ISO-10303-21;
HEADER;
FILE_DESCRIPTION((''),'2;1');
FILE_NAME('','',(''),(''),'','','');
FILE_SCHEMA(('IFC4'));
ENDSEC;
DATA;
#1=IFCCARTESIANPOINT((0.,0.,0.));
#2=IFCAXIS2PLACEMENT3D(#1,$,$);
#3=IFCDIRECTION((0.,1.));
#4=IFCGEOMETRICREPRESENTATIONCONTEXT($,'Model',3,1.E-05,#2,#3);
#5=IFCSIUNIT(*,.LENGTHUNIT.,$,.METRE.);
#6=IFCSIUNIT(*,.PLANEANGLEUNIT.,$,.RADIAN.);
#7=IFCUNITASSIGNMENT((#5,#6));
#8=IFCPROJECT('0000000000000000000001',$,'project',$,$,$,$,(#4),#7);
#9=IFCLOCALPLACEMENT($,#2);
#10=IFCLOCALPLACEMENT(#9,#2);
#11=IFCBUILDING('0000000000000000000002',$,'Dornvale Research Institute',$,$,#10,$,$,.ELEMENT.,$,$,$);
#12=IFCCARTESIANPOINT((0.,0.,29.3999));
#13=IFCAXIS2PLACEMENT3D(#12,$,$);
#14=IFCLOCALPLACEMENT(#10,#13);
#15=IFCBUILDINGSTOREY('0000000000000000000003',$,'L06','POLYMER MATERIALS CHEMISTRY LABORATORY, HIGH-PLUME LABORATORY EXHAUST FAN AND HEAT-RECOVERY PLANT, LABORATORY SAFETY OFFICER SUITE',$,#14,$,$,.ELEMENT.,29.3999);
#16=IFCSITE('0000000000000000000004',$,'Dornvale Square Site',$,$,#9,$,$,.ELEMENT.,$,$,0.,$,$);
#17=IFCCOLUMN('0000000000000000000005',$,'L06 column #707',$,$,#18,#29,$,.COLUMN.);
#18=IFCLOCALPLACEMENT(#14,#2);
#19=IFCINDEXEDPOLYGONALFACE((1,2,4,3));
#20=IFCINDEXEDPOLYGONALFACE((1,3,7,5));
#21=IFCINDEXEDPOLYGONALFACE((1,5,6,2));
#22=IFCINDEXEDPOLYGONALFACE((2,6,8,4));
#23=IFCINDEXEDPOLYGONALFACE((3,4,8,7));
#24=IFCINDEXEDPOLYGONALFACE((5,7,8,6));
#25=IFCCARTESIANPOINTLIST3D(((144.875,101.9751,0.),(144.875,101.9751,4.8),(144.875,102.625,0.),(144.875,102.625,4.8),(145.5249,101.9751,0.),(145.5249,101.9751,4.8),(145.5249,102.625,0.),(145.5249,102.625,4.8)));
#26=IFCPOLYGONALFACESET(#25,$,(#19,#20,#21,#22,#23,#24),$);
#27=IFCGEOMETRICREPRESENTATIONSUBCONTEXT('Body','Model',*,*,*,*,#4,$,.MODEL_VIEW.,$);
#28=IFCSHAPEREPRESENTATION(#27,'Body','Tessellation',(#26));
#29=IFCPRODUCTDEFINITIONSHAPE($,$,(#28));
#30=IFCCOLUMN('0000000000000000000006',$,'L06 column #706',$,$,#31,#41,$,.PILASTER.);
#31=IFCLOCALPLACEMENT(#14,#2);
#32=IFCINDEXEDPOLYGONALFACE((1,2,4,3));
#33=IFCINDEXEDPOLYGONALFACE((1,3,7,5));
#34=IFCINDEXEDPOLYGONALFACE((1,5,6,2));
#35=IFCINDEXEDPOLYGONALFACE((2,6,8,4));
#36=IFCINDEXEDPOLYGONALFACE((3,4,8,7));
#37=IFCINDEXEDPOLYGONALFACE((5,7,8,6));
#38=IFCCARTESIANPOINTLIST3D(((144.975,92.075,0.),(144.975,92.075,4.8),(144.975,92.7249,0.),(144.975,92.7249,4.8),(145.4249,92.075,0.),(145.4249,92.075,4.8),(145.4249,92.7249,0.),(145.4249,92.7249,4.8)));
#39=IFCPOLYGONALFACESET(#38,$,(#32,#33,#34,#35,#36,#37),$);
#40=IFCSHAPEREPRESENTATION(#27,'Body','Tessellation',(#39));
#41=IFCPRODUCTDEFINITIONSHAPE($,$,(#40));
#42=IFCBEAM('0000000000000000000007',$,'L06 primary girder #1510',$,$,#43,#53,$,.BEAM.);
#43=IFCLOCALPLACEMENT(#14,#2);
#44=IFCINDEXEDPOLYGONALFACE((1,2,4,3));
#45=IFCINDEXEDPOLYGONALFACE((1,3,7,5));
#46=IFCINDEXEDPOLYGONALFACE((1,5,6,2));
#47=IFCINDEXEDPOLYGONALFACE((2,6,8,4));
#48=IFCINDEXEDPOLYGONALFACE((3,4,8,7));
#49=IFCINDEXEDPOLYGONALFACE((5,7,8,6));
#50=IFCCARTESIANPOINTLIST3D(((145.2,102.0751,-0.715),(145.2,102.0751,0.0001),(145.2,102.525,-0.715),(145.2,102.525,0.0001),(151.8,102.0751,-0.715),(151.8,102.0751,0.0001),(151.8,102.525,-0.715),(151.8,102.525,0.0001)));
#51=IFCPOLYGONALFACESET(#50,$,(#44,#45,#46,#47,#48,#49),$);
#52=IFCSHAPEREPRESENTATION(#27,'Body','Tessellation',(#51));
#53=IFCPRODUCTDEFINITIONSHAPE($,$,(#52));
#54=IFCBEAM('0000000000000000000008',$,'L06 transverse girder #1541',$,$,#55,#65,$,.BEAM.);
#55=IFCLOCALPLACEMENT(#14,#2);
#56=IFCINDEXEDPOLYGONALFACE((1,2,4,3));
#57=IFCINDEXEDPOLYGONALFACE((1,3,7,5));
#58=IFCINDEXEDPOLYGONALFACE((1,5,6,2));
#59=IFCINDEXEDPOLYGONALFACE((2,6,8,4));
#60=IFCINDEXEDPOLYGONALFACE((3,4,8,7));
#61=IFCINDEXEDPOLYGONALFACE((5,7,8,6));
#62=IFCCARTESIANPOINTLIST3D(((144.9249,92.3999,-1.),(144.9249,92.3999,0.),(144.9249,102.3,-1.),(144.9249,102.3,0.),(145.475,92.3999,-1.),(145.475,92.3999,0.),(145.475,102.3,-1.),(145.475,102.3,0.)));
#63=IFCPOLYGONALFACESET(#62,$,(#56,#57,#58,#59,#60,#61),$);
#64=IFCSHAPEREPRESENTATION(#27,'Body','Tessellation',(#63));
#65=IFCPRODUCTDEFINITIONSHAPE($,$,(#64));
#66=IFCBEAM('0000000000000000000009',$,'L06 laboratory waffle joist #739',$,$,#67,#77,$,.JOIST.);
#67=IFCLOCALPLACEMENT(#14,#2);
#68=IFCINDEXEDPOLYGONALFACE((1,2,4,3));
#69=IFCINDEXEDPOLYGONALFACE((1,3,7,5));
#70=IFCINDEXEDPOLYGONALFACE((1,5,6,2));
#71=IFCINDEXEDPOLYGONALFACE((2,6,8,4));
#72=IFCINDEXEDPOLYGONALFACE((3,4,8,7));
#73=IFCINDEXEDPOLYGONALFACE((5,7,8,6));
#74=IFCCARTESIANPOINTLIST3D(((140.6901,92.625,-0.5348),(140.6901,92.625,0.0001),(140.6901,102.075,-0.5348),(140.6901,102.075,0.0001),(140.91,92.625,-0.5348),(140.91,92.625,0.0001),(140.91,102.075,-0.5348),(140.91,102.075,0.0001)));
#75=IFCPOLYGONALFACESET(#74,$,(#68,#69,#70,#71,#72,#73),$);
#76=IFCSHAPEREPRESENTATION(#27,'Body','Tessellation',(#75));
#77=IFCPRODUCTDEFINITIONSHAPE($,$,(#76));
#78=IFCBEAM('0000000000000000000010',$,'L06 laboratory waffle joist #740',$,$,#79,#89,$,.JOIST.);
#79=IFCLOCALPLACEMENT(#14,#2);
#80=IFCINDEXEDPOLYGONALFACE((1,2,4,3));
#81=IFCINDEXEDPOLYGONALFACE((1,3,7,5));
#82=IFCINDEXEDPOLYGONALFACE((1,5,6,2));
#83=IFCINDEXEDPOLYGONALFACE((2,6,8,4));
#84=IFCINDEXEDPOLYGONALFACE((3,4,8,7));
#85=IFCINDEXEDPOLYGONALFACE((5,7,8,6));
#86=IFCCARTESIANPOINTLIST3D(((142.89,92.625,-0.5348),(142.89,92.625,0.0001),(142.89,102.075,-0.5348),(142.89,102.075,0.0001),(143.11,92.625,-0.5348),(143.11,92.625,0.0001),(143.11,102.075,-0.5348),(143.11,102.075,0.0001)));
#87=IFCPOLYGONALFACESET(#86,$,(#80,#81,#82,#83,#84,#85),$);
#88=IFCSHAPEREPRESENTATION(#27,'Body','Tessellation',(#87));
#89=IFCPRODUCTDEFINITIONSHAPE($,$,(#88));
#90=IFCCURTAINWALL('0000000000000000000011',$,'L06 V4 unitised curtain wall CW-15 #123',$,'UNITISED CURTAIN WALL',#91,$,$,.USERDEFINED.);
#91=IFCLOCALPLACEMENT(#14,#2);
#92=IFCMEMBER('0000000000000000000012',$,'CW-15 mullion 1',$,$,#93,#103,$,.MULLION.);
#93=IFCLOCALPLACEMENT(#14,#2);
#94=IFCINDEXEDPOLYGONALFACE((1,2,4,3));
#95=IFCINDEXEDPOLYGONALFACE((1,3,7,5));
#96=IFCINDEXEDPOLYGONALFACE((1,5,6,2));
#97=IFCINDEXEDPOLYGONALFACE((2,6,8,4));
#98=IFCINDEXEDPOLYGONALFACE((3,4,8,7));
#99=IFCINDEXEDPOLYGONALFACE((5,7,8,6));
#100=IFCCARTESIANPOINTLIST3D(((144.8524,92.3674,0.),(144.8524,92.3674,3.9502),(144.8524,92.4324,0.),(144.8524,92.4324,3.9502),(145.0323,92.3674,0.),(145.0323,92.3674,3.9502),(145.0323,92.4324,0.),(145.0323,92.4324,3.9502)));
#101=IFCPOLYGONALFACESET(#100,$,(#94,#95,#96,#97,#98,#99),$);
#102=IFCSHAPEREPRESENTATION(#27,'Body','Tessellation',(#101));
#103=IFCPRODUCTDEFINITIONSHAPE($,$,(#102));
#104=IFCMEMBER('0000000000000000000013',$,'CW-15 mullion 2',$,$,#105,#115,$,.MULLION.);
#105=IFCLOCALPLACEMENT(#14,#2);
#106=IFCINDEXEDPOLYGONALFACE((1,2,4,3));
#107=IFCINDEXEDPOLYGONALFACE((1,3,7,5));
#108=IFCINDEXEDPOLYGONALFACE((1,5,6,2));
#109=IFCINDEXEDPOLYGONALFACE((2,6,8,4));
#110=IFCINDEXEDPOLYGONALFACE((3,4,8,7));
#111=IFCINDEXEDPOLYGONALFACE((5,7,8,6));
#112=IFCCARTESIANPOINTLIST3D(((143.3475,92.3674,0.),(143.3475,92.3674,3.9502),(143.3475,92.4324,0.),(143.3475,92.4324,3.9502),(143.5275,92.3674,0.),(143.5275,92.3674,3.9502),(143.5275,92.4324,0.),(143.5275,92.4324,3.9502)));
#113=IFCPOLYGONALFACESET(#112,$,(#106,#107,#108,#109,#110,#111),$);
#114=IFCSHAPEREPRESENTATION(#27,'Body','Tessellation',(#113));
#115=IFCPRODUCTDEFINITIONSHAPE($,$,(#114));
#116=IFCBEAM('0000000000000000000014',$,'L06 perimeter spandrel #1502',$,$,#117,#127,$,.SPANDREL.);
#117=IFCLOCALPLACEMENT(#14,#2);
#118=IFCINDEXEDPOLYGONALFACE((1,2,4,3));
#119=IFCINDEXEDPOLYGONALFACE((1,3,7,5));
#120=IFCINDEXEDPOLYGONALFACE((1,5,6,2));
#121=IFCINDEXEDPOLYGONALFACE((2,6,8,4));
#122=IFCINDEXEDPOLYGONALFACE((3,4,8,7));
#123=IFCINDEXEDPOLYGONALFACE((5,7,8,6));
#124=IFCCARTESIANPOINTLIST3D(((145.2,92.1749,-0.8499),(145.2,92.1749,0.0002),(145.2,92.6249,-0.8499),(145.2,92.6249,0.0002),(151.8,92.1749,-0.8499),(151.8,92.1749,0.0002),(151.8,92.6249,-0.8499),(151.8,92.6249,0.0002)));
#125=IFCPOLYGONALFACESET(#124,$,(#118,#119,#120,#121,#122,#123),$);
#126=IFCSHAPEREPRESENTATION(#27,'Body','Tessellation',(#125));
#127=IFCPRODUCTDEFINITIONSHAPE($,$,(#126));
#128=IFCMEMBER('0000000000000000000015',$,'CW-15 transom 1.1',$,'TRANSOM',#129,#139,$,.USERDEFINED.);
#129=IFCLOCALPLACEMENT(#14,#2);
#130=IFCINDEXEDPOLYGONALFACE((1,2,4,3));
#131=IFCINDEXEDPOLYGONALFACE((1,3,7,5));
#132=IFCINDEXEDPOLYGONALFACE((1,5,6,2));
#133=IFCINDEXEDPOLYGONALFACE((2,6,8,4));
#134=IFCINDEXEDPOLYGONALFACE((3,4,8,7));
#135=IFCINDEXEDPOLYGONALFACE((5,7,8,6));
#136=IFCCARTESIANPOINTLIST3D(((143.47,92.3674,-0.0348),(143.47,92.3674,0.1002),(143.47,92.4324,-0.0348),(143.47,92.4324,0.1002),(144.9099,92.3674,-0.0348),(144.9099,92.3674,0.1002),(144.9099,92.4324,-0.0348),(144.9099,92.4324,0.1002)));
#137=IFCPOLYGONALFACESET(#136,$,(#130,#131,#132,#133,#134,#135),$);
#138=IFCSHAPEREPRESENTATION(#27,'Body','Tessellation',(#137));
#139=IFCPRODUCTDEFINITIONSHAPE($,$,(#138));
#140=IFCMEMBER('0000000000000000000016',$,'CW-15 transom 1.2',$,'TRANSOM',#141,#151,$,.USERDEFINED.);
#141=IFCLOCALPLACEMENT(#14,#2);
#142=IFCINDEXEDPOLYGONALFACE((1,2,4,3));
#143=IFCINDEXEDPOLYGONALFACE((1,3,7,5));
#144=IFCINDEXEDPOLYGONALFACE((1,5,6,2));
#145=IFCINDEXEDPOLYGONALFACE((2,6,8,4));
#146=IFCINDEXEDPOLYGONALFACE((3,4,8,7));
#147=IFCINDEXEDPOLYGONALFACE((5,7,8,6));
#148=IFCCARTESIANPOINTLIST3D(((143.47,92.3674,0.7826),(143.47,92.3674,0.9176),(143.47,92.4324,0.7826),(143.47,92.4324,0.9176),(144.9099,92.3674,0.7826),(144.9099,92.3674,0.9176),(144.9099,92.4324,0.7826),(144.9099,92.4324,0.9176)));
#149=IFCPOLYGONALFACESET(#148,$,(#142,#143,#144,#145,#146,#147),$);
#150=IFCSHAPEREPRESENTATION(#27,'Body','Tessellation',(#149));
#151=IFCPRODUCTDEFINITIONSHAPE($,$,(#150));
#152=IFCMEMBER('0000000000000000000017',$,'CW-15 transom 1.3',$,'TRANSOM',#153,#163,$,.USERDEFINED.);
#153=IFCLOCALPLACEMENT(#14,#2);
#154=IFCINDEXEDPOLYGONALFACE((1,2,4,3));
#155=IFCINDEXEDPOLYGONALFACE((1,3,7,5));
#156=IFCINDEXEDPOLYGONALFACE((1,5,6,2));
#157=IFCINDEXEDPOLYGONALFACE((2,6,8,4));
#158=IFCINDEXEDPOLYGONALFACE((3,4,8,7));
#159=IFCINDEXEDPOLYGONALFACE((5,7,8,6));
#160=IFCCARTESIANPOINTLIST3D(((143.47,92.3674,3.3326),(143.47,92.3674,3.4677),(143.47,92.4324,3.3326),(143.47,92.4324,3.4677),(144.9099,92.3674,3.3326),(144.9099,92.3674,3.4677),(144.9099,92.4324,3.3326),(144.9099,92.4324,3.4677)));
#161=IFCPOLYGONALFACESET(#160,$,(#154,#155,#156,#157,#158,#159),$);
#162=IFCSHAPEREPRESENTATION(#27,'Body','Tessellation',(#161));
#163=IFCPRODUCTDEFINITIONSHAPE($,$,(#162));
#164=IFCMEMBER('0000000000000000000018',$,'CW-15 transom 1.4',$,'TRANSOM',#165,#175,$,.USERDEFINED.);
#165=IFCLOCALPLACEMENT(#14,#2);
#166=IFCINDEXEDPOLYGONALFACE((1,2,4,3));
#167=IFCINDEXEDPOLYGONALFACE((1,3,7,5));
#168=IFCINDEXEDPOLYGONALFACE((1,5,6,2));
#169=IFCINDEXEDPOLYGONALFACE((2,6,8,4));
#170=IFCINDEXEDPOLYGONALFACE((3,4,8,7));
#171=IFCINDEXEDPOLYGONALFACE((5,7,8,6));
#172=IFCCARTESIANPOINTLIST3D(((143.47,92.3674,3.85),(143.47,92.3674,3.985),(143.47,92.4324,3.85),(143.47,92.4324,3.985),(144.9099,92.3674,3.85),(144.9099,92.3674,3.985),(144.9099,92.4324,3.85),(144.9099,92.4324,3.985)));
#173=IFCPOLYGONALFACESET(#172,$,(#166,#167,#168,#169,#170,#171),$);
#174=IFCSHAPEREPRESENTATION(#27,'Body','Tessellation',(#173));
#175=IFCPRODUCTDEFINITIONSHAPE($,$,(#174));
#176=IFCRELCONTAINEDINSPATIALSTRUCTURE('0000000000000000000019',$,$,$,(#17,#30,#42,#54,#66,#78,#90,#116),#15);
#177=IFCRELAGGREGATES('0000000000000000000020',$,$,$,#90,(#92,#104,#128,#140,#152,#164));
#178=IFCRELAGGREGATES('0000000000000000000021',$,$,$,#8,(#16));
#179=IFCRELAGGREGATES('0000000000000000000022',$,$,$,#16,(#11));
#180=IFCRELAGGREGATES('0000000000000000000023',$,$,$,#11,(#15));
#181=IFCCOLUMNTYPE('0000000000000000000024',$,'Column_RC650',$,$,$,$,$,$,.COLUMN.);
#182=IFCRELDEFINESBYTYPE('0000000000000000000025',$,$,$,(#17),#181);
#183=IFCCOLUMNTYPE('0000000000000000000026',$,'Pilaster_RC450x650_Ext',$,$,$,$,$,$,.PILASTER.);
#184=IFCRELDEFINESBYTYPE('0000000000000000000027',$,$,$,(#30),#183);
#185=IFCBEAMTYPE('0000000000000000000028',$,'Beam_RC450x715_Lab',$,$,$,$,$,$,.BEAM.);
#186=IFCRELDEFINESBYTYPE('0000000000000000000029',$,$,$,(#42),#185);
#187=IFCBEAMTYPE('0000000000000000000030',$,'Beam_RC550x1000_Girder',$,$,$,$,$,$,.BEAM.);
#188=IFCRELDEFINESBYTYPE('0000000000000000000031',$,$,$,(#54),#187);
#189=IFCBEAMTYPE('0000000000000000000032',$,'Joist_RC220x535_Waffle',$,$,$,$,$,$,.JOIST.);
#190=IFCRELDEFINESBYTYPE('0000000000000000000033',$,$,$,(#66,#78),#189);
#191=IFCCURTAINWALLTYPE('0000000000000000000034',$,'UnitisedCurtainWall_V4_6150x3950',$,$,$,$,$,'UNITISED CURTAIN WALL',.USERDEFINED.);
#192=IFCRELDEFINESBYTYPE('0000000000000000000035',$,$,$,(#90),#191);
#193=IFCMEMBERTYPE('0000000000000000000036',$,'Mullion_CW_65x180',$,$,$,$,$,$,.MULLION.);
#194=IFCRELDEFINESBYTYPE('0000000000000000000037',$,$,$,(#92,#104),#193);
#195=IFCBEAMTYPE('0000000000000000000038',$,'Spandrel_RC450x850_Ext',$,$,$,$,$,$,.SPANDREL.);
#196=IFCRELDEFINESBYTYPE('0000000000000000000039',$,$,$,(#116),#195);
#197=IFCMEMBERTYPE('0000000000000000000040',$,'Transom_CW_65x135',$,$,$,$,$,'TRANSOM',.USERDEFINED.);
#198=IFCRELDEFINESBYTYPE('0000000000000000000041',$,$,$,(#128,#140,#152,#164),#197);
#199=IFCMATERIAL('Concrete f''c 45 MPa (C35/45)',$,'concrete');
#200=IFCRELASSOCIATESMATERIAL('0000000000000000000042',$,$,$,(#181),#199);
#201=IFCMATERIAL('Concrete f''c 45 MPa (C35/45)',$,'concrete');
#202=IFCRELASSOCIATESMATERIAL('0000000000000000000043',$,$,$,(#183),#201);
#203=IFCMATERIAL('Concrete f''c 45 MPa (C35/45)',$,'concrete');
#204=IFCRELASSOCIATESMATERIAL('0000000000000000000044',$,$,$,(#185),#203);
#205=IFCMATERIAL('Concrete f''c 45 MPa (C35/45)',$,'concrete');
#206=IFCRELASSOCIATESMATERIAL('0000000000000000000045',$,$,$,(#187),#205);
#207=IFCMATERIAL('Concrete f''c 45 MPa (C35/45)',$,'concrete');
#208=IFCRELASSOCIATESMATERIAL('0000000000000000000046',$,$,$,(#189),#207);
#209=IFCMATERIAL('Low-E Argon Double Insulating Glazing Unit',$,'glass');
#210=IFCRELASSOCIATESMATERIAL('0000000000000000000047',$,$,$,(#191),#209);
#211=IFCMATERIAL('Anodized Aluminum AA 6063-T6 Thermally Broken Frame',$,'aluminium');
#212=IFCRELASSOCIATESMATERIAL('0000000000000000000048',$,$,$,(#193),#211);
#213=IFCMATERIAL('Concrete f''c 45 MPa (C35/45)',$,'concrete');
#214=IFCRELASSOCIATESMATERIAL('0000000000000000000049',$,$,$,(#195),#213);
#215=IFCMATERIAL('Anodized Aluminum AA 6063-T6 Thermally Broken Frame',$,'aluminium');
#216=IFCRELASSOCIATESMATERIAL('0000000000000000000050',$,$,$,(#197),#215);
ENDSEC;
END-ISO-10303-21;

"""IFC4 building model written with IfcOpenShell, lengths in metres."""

from ifc_helpers import new_model, si_unit, direction, frame, origin, origin_2d, place, context, subcontext, project, spatial, rectangle, extrude, material, material_profile, profile_set, type_object, element, aggregate, save


model = new_model("IFC4")

# Units and contexts
model_context = context("Model", 3, precision=1e-05, world=origin(), true_north=direction((0.0, 1.0)))
body_context = subcontext(model_context, "Body", "Model", "MODEL_VIEW")
ifc_project = project(units=[si_unit("LENGTHUNIT", "METRE"), si_unit("PLANEANGLEUNIT", "RADIAN")], contexts=[model_context])

# Site, building, storey
site_placement = place(None, origin())
site = spatial("IfcSite", under=ifc_project, at=site_placement, Name="Dornvale Square Site", CompositionType="ELEMENT", RefElevation=0.0)
building_placement = place(site_placement, origin())
building = spatial("IfcBuilding", under=site, at=building_placement, Name="Dornvale Research Institute", CompositionType="ELEMENT")
storey_placement = place(building_placement, frame((0.0, 0.0, 29.3999)))
storey = spatial("IfcBuildingStorey", under=building, at=storey_placement, Name="L06", Description="POLYMER MATERIALS CHEMISTRY LABORATORY, HIGH-PLUME LABORATORY EXHAUST FAN AND HEAT-RECOVERY PLANT, LABORATORY SAFETY OFFICER SUITE", CompositionType="ELEMENT", Elevation=29.3999)

# Columns
ifc_material_1 = material(Name="Concrete f'c 45 MPa (C35/45)", Category="concrete")
ifc_material_profile_1 = material_profile(ifc_material_1, rectangle(XDim=0.6499, YDim=0.6499, at=origin_2d()), Name="RC 650x650")
ifc_profile_set_1 = profile_set([ifc_material_profile_1], Name="Concrete f'c 45 MPa (C35/45)")
column_type_1 = type_object("IfcColumnType", Name="Column_RC650", PredefinedType="COLUMN", material=ifc_profile_set_1)
column_1_placement = place(storey_placement, frame((145.2, 102.3, 0.0), z_axis=(0.0, 0.0, 1.0), x_axis=(1.0, 0.0, 0.0)))
element("IfcColumn", 1, at=column_1_placement, inside=storey, type_object=column_type_1, Name="L06 column #707", PredefinedType="COLUMN", context=body_context, shape_type="SweptSolid", body=[
    extrude(rectangle(XDim=0.6499, YDim=0.6499, at=origin_2d()), origin(), (0.0, 0.0, 1.0), 4.8),
])
ifc_material_2 = material(Name="Concrete f'c 45 MPa (C35/45)", Category="concrete")
ifc_material_profile_2 = material_profile(ifc_material_2, rectangle(XDim=0.45, YDim=0.6499, at=origin_2d()), Name="RC 450x650")
ifc_profile_set_2 = profile_set([ifc_material_profile_2], Name="Concrete f'c 45 MPa (C35/45)")
column_type_2 = type_object("IfcColumnType", Name="Pilaster_RC450x650_Ext", PredefinedType="PILASTER", material=ifc_profile_set_2)
column_2_placement = place(storey_placement, frame((145.2, 92.3999, 0.0), z_axis=(0.0, 0.0, 1.0), x_axis=(1.0, 0.0, 0.0)))
element("IfcColumn", 2, at=column_2_placement, inside=storey, type_object=column_type_2, Name="L06 column #706", PredefinedType="PILASTER", context=body_context, shape_type="SweptSolid", body=[
    extrude(rectangle(XDim=0.45, YDim=0.6499, at=origin_2d()), origin(), (0.0, 0.0, 1.0), 4.8),
])

# Beams
ifc_material_3 = material(Name="Concrete f'c 45 MPa (C35/45)", Category="concrete")
ifc_material_profile_3 = material_profile(ifc_material_3, rectangle(XDim=0.45, YDim=0.7151, at=origin_2d()), Name="RC 450x715")
ifc_profile_set_3 = profile_set([ifc_material_profile_3], Name="Concrete f'c 45 MPa (C35/45)")
beam_type_1 = type_object("IfcBeamType", Name="Beam_RC450x715_Lab", PredefinedType="BEAM", material=ifc_profile_set_3)
beam_1_placement = place(storey_placement, frame((145.2, 102.3, -0.3574), z_axis=(1.0, 0.0, 0.0), x_axis=(0.0, 1.0, 0.0)))
element("IfcBeam", 3, at=beam_1_placement, inside=storey, type_object=beam_type_1, Name="L06 primary girder #1510", PredefinedType="BEAM", context=body_context, shape_type="SweptSolid", body=[
    extrude(rectangle(XDim=0.45, YDim=0.7151, at=origin_2d()), origin(), (0.0, 0.0, 1.0), 6.6001),
])
ifc_material_4 = material(Name="Concrete f'c 45 MPa (C35/45)", Category="concrete")
ifc_material_profile_4 = material_profile(ifc_material_4, rectangle(XDim=0.55, YDim=1.0, at=origin_2d()), Name="RC 550x1000")
ifc_profile_set_4 = profile_set([ifc_material_profile_4], Name="Concrete f'c 45 MPa (C35/45)")
beam_type_2 = type_object("IfcBeamType", Name="Beam_RC550x1000_Girder", PredefinedType="BEAM", material=ifc_profile_set_4)
beam_2_placement = place(storey_placement, frame((145.2, 92.3999, -0.5), z_axis=(0.0, 1.0, 0.0), x_axis=(-1.0, 0.0, 0.0)))
element("IfcBeam", 4, at=beam_2_placement, inside=storey, type_object=beam_type_2, Name="L06 transverse girder #1541", PredefinedType="BEAM", context=body_context, shape_type="SweptSolid", body=[
    extrude(rectangle(XDim=0.55, YDim=1.0, at=origin_2d()), origin(), (0.0, 0.0, 1.0), 9.9001),
])
ifc_material_5 = material(Name="Concrete f'c 45 MPa (C35/45)", Category="concrete")
ifc_material_profile_5 = material_profile(ifc_material_5, rectangle(XDim=0.22, YDim=0.5349, at=origin_2d()), Name="RC 220x535")
ifc_profile_set_5 = profile_set([ifc_material_profile_5], Name="Concrete f'c 45 MPa (C35/45)")
beam_type_3 = type_object("IfcBeamType", Name="Joist_RC220x535_Waffle", PredefinedType="JOIST", material=ifc_profile_set_5)
for number, where, z_axis, x_axis, name in (
    (5, (140.8, 92.625, -0.2673), (0.0, 1.0, 0.0), (-1.0, 0.0, 0.0), "L06 laboratory waffle joist #739"),
    (6, (143.0, 92.625, -0.2673), (0.0, 1.0, 0.0), (-1.0, 0.0, 0.0), "L06 laboratory waffle joist #740"),
):
    element("IfcBeam", number, at=place(storey_placement, frame(where, z_axis=z_axis, x_axis=x_axis)), inside=storey, type_object=beam_type_3, Name=name, PredefinedType="JOIST", context=body_context, shape_type="SweptSolid", body=[
        extrude(rectangle(XDim=0.22, YDim=0.5349, at=origin_2d()), origin(), (0.0, 0.0, 1.0), 9.45),
    ])

# Curtain wall, members
ifc_material_6 = material(Name="Low-E Argon Double Insulating Glazing Unit", Category="glass")
curtain_wall_type = type_object("IfcCurtainWallType", Name="UnitisedCurtainWall_V4_6150x3950", ElementType="UNITISED CURTAIN WALL", PredefinedType="USERDEFINED", material=ifc_material_6)
curtain_wall_placement = place(storey_placement, origin())
curtain_wall = element("IfcCurtainWall", 7, at=curtain_wall_placement, inside=storey, type_object=curtain_wall_type, Name="L06 V4 unitised curtain wall CW-15 #123", ObjectType="UNITISED CURTAIN WALL", PredefinedType="USERDEFINED")
ifc_material_7 = material(Name="Anodized Aluminum AA 6063-T6 Thermally Broken Frame", Category="aluminium")
ifc_material_profile_6 = material_profile(ifc_material_7, rectangle(XDim=0.0649, YDim=0.1799, at=origin_2d()), Name="ALU MULLION 65x180")
ifc_profile_set_6 = profile_set([ifc_material_profile_6], Name="Anodized Aluminum AA 6063-T6 Thermally Broken Frame")
member_type_1 = type_object("IfcMemberType", Name="Mullion_CW_65x180", PredefinedType="MULLION", material=ifc_profile_set_6)
member_1_placement = place(storey_placement, frame((144.9424, 92.3999, 0.0), z_axis=(0.0, 0.0, 1.0), x_axis=(0.0, -1.0, 0.0)))
member_1 = element("IfcMember", 8, at=member_1_placement, type_object=member_type_1, Name="CW-15 mullion 1", PredefinedType="MULLION", context=body_context, shape_type="SweptSolid", body=[
    extrude(rectangle(XDim=0.0649, YDim=0.1799, at=origin_2d()), origin(), (0.0, 0.0, 1.0), 3.9502),
])
member_2_placement = place(storey_placement, frame((143.4375, 92.3999, 0.0), z_axis=(0.0, 0.0, 1.0), x_axis=(0.0, -1.0, 0.0)))
member_2 = element("IfcMember", 9, at=member_2_placement, type_object=member_type_1, Name="CW-15 mullion 2", PredefinedType="MULLION", context=body_context, shape_type="SweptSolid", body=[
    extrude(rectangle(XDim=0.0649, YDim=0.1799, at=origin_2d()), origin(), (0.0, 0.0, 1.0), 3.9502),
])

# Beam
ifc_material_8 = material(Name="Concrete f'c 45 MPa (C35/45)", Category="concrete")
ifc_material_profile_7 = material_profile(ifc_material_8, rectangle(XDim=0.45, YDim=0.8501, at=origin_2d()), Name="RC 450x850")
ifc_profile_set_7 = profile_set([ifc_material_profile_7], Name="Concrete f'c 45 MPa (C35/45)")
beam_type_4 = type_object("IfcBeamType", Name="Spandrel_RC450x850_Ext", PredefinedType="SPANDREL", material=ifc_profile_set_7)
beam_3_placement = place(storey_placement, frame((145.2, 92.3999, -0.4248), z_axis=(1.0, 0.0, 0.0), x_axis=(0.0, 1.0, 0.0)))
element("IfcBeam", 10, at=beam_3_placement, inside=storey, type_object=beam_type_4, Name="L06 perimeter spandrel #1502", PredefinedType="SPANDREL", context=body_context, shape_type="SweptSolid", body=[
    extrude(rectangle(XDim=0.45, YDim=0.8501, at=origin_2d()), origin(), (0.0, 0.0, 1.0), 6.6001),
])

# Members
ifc_material_9 = material(Name="Anodized Aluminum AA 6063-T6 Thermally Broken Frame", Category="aluminium")
ifc_material_profile_8 = material_profile(ifc_material_9, rectangle(XDim=0.0649, YDim=0.135, at=origin_2d()), Name="ALU TRANSOM 65x135")
ifc_profile_set_8 = profile_set([ifc_material_profile_8], Name="Anodized Aluminum AA 6063-T6 Thermally Broken Frame")
member_type_2 = type_object("IfcMemberType", Name="Transom_CW_65x135", ElementType="TRANSOM", PredefinedType="USERDEFINED", material=ifc_profile_set_8)
member_3_placement = place(storey_placement, frame((144.9099, 92.3999, 0.0327), z_axis=(-1.0, 0.0, 0.0), x_axis=(0.0, -1.0, 0.0)))
member_3 = element("IfcMember", 11, at=member_3_placement, type_object=member_type_2, Name="CW-15 transom 1.1", ObjectType="TRANSOM", PredefinedType="USERDEFINED", context=body_context, shape_type="SweptSolid", body=[
    extrude(rectangle(XDim=0.0649, YDim=0.135, at=origin_2d()), origin(), (0.0, 0.0, 1.0), 1.4399),
])
member_4_placement = place(storey_placement, frame((144.9099, 92.3999, 0.8501), z_axis=(-1.0, 0.0, 0.0), x_axis=(0.0, -1.0, 0.0)))
member_4 = element("IfcMember", 12, at=member_4_placement, type_object=member_type_2, Name="CW-15 transom 1.2", ObjectType="TRANSOM", PredefinedType="USERDEFINED", context=body_context, shape_type="SweptSolid", body=[
    extrude(rectangle(XDim=0.0649, YDim=0.135, at=origin_2d()), origin(), (0.0, 0.0, 1.0), 1.4399),
])
member_5_placement = place(storey_placement, frame((144.9099, 92.3999, 3.4001), z_axis=(-1.0, 0.0, 0.0), x_axis=(0.0, -1.0, 0.0)))
member_5 = element("IfcMember", 13, at=member_5_placement, type_object=member_type_2, Name="CW-15 transom 1.3", ObjectType="TRANSOM", PredefinedType="USERDEFINED", context=body_context, shape_type="SweptSolid", body=[
    extrude(rectangle(XDim=0.0649, YDim=0.135, at=origin_2d()), origin(), (0.0, 0.0, 1.0), 1.4399),
])
member_6_placement = place(storey_placement, frame((144.9099, 92.3999, 3.9175), z_axis=(-1.0, 0.0, 0.0), x_axis=(0.0, -1.0, 0.0)))
member_6 = element("IfcMember", 14, at=member_6_placement, type_object=member_type_2, Name="CW-15 transom 1.4", ObjectType="TRANSOM", PredefinedType="USERDEFINED", context=body_context, shape_type="SweptSolid", body=[
    extrude(rectangle(XDim=0.0649, YDim=0.135, at=origin_2d()), origin(), (0.0, 0.0, 1.0), 1.4399),
])

aggregate(curtain_wall, [member_1, member_2, member_3, member_4, member_5, member_6])

save(model, "model.ifc")
